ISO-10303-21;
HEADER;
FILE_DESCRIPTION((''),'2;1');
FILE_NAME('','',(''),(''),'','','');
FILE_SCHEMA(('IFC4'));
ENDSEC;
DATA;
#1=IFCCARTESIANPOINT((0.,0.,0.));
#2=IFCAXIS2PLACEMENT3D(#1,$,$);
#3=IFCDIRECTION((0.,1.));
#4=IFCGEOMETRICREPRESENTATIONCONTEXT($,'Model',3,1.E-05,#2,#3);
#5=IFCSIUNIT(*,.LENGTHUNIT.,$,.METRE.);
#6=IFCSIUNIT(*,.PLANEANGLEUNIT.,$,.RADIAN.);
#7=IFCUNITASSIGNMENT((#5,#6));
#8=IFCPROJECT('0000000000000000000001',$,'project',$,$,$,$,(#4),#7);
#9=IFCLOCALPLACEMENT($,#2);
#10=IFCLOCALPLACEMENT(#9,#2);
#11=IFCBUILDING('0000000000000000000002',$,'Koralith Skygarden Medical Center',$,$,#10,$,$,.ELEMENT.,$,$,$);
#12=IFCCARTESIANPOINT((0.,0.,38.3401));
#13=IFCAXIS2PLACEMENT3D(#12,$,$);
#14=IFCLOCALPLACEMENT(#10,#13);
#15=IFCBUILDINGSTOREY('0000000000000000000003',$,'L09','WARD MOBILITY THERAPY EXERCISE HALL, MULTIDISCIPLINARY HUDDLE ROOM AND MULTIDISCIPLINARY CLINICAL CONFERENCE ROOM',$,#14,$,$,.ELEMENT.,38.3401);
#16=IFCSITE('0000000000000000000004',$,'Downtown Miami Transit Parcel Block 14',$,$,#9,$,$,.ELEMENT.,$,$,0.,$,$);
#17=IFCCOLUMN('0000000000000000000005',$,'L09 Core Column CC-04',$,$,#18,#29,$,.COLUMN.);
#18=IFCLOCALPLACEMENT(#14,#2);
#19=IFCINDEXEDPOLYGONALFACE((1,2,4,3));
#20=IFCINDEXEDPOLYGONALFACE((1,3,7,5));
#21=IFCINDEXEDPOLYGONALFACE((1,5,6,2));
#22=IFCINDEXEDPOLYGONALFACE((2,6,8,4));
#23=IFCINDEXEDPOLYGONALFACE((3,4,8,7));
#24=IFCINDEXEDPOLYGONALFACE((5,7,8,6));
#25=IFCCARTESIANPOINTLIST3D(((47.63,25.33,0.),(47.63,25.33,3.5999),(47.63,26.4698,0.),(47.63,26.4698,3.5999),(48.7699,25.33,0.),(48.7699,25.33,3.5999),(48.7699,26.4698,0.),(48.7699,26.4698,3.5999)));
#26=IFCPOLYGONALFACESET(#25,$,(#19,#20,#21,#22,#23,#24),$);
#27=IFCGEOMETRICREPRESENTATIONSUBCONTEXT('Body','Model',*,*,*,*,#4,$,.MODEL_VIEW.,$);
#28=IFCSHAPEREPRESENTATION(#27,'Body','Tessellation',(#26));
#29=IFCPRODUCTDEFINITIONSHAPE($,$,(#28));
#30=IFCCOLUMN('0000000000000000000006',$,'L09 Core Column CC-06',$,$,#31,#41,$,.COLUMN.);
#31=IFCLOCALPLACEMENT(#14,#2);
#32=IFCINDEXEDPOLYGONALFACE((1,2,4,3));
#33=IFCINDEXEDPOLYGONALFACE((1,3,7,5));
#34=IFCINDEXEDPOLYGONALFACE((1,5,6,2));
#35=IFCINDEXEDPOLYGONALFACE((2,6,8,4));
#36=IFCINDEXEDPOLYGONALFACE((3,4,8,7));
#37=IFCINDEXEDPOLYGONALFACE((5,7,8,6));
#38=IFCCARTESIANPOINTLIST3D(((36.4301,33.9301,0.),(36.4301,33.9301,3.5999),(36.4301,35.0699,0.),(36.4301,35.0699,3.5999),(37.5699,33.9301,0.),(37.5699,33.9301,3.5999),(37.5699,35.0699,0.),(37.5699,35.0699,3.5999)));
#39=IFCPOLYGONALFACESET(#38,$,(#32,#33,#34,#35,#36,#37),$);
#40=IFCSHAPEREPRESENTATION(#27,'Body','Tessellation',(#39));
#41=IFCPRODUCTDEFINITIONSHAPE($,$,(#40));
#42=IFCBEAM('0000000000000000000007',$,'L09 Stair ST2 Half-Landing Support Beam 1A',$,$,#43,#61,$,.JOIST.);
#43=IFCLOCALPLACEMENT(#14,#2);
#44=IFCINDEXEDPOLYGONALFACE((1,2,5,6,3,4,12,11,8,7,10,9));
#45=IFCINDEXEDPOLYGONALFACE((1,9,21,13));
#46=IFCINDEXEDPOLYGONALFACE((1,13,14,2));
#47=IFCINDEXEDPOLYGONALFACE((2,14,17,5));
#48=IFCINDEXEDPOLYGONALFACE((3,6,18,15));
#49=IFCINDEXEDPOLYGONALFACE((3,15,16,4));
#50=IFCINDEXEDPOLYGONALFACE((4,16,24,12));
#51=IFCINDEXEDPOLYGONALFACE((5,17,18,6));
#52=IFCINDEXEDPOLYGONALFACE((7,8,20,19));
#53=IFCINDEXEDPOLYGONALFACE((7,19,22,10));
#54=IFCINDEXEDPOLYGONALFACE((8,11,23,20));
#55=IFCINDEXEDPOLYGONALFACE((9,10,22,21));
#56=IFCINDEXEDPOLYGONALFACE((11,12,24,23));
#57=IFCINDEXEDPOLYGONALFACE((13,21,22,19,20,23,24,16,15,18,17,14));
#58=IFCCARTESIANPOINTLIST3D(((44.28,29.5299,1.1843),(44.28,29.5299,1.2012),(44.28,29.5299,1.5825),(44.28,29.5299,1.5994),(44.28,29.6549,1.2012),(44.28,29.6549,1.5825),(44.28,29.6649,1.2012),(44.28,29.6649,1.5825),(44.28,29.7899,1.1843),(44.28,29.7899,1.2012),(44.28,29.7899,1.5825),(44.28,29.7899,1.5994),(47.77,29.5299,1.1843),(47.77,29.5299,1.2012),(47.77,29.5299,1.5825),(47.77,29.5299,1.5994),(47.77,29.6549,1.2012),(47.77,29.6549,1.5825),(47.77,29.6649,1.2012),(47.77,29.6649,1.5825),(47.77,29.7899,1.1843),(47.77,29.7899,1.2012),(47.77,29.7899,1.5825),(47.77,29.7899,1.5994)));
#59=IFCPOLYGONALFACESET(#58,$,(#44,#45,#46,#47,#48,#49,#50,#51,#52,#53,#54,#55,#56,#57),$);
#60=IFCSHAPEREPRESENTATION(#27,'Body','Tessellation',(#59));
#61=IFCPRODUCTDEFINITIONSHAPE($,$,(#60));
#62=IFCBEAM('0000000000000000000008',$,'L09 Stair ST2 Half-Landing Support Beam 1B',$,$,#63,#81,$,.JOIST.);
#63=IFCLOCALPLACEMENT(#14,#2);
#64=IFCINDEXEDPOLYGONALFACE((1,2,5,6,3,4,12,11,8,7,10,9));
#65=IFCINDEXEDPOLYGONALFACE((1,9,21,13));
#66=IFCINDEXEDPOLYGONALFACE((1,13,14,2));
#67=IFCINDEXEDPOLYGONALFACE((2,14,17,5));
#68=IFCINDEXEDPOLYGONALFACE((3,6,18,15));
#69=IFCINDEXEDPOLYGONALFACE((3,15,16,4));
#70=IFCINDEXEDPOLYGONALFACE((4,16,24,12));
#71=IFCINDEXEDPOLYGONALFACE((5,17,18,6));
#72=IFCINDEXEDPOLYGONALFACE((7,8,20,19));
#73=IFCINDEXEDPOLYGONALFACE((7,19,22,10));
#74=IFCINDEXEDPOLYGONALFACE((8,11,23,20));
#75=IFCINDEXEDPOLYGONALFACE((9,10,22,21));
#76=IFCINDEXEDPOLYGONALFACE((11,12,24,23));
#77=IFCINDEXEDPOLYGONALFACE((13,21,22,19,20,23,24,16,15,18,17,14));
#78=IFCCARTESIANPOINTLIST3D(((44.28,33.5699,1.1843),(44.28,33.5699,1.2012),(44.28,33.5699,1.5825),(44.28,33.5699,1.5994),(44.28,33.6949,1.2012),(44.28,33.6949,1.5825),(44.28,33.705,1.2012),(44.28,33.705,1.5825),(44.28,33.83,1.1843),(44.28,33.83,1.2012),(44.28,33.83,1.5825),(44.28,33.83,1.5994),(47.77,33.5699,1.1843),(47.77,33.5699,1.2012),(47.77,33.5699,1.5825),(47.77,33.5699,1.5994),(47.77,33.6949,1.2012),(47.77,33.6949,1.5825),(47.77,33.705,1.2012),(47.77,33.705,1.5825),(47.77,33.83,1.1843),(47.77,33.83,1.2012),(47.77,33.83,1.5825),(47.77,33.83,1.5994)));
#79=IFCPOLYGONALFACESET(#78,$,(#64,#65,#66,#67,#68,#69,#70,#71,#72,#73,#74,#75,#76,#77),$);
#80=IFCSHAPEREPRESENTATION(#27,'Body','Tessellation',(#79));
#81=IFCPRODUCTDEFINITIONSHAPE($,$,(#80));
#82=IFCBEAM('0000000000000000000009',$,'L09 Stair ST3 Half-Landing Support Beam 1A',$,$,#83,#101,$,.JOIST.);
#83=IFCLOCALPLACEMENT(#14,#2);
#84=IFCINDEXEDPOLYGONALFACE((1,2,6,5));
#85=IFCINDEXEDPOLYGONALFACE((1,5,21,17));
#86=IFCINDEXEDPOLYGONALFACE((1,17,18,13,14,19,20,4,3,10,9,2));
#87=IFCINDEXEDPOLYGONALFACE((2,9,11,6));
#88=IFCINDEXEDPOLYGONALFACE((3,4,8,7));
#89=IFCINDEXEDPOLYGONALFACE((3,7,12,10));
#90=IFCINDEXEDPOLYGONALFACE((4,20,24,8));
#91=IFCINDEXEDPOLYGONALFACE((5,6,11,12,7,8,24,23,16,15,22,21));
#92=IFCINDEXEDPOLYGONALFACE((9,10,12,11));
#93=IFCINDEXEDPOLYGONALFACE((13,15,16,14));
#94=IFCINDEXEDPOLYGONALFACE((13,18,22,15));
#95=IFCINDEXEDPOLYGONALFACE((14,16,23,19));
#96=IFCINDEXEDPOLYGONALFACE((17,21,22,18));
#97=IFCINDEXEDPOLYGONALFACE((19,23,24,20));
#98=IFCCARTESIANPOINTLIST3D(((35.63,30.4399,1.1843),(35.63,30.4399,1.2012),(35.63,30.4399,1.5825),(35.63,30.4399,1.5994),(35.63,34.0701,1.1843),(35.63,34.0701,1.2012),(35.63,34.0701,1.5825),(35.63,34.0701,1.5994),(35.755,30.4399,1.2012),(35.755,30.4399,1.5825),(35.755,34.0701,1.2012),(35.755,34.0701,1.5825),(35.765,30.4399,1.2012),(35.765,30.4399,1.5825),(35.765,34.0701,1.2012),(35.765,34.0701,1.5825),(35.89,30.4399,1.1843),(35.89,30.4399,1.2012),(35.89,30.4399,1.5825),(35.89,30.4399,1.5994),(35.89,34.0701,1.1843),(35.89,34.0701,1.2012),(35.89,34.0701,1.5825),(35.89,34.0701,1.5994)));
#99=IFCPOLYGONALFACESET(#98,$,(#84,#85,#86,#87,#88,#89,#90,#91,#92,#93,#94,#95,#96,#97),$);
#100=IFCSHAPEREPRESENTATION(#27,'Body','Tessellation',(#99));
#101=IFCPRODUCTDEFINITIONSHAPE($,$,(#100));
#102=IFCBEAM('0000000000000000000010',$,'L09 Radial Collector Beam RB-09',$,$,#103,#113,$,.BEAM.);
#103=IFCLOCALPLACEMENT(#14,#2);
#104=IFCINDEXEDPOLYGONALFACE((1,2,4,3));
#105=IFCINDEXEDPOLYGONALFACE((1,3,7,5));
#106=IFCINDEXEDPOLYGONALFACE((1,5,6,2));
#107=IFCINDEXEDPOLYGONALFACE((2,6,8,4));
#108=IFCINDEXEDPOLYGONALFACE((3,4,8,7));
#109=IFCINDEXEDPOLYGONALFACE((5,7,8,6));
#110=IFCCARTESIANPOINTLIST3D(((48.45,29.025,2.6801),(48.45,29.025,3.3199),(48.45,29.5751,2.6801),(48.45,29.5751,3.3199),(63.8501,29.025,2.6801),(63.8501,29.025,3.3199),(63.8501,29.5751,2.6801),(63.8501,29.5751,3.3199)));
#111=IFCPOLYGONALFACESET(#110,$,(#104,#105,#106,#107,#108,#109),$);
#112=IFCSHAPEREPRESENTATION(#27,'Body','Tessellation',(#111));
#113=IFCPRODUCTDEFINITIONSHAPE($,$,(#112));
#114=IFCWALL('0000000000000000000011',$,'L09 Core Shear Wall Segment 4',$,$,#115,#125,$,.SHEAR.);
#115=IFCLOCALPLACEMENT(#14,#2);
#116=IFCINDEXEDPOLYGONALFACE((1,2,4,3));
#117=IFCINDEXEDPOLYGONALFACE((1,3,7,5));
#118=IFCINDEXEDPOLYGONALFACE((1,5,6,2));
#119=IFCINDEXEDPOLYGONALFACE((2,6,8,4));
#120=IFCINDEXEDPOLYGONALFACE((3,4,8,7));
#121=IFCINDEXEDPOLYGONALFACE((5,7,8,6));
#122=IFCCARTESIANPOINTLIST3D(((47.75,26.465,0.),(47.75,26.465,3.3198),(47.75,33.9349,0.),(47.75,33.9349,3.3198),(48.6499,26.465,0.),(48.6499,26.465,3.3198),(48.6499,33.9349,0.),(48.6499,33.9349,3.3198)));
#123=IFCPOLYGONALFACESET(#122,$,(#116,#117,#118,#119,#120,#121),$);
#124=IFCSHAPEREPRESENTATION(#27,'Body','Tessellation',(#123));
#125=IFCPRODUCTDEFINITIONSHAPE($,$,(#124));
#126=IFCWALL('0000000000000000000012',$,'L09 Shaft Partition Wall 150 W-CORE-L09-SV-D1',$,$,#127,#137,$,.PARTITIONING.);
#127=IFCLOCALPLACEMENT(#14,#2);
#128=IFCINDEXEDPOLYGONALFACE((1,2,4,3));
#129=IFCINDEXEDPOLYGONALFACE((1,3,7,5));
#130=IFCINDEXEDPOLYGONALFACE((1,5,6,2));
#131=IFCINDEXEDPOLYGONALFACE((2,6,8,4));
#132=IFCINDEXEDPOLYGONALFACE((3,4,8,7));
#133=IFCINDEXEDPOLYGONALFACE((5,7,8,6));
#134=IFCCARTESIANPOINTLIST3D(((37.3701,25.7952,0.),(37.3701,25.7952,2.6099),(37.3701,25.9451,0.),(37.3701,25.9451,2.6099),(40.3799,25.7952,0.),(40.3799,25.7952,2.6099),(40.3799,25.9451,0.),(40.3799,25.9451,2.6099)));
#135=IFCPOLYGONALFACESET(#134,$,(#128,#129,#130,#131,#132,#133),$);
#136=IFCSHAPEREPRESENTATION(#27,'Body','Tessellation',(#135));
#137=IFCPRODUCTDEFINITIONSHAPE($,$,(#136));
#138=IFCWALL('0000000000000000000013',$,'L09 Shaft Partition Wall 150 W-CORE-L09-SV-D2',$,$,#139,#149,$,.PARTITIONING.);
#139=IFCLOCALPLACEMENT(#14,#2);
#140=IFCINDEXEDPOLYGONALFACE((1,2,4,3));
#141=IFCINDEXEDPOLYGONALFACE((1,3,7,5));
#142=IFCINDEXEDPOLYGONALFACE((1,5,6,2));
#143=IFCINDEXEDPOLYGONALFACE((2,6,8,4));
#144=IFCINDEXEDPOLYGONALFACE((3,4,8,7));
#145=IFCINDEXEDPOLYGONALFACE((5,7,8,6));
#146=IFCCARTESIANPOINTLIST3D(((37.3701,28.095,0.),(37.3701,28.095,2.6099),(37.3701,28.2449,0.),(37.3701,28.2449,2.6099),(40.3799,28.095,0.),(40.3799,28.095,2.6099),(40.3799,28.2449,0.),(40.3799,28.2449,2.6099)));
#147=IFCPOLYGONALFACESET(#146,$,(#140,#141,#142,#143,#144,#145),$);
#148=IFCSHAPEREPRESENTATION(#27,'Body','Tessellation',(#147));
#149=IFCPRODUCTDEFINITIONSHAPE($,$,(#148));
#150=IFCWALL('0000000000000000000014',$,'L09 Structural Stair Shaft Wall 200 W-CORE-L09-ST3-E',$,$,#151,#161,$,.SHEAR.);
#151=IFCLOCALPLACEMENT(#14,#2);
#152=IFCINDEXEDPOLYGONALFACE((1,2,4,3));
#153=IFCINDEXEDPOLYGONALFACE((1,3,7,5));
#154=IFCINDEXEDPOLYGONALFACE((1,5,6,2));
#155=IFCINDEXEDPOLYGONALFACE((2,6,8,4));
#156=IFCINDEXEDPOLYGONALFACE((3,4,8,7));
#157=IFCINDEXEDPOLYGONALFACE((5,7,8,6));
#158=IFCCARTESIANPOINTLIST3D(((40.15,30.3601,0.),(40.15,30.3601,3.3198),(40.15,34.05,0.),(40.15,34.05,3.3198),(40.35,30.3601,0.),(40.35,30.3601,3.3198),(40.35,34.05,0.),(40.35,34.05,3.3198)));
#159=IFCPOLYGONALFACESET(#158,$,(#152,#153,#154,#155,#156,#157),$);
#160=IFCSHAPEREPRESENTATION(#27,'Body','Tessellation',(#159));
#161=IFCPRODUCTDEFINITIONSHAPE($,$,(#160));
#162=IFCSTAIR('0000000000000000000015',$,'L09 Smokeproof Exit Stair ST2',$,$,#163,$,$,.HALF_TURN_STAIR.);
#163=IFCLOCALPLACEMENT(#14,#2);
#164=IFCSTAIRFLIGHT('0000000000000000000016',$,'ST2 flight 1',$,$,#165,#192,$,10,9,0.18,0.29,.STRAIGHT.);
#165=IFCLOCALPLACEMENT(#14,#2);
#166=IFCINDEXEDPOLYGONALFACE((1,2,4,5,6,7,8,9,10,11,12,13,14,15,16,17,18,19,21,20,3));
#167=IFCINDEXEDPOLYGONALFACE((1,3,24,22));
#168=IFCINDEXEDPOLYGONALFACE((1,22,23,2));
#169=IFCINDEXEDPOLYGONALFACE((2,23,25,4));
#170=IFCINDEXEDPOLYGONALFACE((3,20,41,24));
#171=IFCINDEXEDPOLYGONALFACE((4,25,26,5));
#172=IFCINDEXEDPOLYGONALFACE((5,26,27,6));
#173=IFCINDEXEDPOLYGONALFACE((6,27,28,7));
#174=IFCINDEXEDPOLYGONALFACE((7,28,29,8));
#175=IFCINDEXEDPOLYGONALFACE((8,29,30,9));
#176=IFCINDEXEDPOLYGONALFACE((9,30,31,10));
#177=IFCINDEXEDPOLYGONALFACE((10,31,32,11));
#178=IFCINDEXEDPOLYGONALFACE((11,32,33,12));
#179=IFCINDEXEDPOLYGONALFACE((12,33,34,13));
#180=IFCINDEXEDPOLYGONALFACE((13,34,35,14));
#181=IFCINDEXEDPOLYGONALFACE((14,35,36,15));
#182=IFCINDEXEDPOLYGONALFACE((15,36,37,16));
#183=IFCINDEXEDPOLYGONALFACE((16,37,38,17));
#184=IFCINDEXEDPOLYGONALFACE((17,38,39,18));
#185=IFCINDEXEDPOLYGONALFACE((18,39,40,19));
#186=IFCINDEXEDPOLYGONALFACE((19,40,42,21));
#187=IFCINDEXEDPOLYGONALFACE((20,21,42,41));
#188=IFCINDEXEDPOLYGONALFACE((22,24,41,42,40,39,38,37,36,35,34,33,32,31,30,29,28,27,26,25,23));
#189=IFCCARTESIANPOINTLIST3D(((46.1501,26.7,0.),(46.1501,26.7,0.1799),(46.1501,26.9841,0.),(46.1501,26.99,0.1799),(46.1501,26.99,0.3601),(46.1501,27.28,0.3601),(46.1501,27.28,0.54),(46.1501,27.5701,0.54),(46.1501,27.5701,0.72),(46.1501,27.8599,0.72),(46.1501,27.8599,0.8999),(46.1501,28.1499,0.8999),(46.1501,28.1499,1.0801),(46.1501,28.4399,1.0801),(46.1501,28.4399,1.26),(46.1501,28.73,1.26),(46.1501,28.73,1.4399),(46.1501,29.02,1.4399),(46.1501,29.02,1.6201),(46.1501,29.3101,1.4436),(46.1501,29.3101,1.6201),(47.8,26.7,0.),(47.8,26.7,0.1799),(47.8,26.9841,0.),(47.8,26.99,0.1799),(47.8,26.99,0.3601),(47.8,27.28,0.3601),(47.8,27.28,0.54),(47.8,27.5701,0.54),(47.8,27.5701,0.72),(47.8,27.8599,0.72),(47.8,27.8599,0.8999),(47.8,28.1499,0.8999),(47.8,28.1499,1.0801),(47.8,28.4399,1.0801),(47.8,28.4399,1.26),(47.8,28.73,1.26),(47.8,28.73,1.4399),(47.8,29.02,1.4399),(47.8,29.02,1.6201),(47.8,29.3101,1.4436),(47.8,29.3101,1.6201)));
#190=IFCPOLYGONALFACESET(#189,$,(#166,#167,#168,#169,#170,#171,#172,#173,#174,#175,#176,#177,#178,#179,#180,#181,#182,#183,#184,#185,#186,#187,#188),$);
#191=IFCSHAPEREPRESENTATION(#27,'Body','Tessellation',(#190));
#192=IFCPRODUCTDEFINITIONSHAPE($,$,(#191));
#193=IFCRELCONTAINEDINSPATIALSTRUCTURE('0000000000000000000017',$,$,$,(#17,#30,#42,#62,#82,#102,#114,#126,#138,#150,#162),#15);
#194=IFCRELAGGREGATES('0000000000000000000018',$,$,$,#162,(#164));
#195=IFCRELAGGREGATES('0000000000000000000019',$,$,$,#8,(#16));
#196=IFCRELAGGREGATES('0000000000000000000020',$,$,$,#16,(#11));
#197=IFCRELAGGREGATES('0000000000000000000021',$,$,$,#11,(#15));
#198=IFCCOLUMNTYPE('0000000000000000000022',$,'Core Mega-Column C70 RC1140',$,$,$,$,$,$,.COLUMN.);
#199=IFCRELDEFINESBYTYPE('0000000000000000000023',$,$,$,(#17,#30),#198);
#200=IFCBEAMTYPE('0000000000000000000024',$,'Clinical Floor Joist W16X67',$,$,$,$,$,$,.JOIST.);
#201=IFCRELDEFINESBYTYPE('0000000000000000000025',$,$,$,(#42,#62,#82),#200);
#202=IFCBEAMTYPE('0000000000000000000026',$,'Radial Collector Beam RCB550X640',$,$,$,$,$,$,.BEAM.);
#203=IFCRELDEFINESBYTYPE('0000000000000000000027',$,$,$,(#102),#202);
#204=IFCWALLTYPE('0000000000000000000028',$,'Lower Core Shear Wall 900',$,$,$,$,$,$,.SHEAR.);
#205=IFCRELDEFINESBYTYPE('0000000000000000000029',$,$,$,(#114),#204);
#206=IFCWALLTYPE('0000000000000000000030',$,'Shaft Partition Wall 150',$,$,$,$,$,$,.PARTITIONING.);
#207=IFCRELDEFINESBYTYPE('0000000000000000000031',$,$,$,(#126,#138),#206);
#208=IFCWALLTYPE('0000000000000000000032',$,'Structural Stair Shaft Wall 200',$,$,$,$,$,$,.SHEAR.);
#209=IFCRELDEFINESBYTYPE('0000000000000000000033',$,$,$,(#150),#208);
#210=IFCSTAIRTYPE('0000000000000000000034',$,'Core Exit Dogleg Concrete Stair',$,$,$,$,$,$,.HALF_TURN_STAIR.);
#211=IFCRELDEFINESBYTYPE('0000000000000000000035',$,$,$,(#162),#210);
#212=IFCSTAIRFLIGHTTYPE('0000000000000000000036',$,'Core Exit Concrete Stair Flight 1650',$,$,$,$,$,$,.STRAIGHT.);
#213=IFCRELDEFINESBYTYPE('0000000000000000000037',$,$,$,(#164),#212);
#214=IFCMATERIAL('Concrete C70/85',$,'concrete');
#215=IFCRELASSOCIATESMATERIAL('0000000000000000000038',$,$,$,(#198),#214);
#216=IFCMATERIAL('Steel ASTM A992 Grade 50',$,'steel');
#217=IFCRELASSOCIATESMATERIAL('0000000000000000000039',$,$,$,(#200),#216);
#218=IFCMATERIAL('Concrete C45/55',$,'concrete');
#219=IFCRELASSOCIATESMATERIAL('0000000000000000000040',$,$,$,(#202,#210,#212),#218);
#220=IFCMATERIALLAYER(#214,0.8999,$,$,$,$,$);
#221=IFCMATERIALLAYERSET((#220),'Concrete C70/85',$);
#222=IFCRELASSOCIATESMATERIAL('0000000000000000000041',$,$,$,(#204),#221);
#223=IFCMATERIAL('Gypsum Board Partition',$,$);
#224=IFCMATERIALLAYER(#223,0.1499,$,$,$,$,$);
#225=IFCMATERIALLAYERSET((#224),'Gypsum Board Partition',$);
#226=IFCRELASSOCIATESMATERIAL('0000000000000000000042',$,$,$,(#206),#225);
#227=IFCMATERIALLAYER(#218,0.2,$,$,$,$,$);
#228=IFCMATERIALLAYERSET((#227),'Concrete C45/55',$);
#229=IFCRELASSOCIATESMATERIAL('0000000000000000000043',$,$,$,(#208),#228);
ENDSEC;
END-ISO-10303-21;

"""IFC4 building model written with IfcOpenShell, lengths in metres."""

from ifc_helpers import new_model, si_unit, direction, frame, frame_2d, origin, origin_2d, place, context, subcontext, project, spatial, polyline, rectangle, i_section, outline, extrude, material, layer, layer_set, material_profile, profile_set, type_object, element, aggregate, save


model = new_model("IFC4")

# Units and contexts
model_context = context("Model", 3, precision=1e-05, world=origin(), true_north=direction((0.0, 1.0)))
body_context = subcontext(model_context, "Body", "Model", "MODEL_VIEW")
ifc_project = project(units=[si_unit("LENGTHUNIT", "METRE"), si_unit("PLANEANGLEUNIT", "RADIAN")], contexts=[model_context])

# Site, building, storey
site_placement = place(None, origin())
site = spatial("IfcSite", under=ifc_project, at=site_placement, Name="Downtown Miami Transit Parcel Block 14", CompositionType="ELEMENT", RefElevation=0.0)
building_placement = place(site_placement, origin())
building = spatial("IfcBuilding", under=site, at=building_placement, Name="Koralith Skygarden Medical Center", CompositionType="ELEMENT")
storey_placement = place(building_placement, frame((0.0, 0.0, 38.3401)))
storey = spatial("IfcBuildingStorey", under=building, at=storey_placement, Name="L09", Description="WARD MOBILITY THERAPY EXERCISE HALL, MULTIDISCIPLINARY HUDDLE ROOM AND MULTIDISCIPLINARY CLINICAL CONFERENCE ROOM", CompositionType="ELEMENT", Elevation=38.3401)

# Columns
ifc_material_1 = material(Name="Concrete C70/85", Category="concrete")
ifc_material_profile_1 = material_profile(ifc_material_1, rectangle(XDim=1.1399, YDim=1.1399, at=origin_2d()), Name="RC1140X1140")
ifc_profile_set_1 = profile_set([ifc_material_profile_1], Name="Concrete C70/85")
column_type = type_object("IfcColumnType", Name="Core Mega-Column C70 RC1140", PredefinedType="COLUMN", material=ifc_profile_set_1)
for number, where, z_axis, x_axis, name in (
    (1, (48.2, 25.8999, 0.0), (0.0, 0.0, 1.0), (1.0, 0.0, 0.0), "L09 Core Column CC-04"),
    (2, (37.0, 34.5, 0.0), (0.0, 0.0, 1.0), (1.0, 0.0, 0.0), "L09 Core Column CC-06"),
):
    element("IfcColumn", number, at=place(storey_placement, frame(where, z_axis=z_axis, x_axis=x_axis)), inside=storey, type_object=column_type, Name=name, PredefinedType="COLUMN", context=body_context, shape_type="SweptSolid", body=[
        extrude(rectangle(XDim=1.1399, YDim=1.1399, at=origin_2d()), origin(), (0.0, 0.0, 1.0), 3.5999),
    ])

# Beams
ifc_material_2 = material(Name="Steel ASTM A992 Grade 50", Category="steel")
ifc_material_profile_2 = material_profile(ifc_material_2, i_section(OverallWidth=0.26, OverallDepth=0.415, WebThickness=0.01, FlangeThickness=0.0168, at=origin_2d()), Name="W16X67")
ifc_profile_set_2 = profile_set([ifc_material_profile_2], Name="Steel ASTM A992 Grade 50")
beam_type_1 = type_object("IfcBeamType", Name="Clinical Floor Joist W16X67", PredefinedType="JOIST", material=ifc_profile_set_2)
for number, where, z_axis, x_axis, name in (
    (3, (44.28, 29.6599, 1.3918), (1.0, 0.0, 0.0), (0.0, 1.0, 0.0), "L09 Stair ST2 Half-Landing Support Beam 1A"),
    (4, (44.28, 33.7, 1.3918), (1.0, 0.0, 0.0), (0.0, 1.0, 0.0), "L09 Stair ST2 Half-Landing Support Beam 1B"),
):
    element("IfcBeam", number, at=place(storey_placement, frame(where, z_axis=z_axis, x_axis=x_axis)), inside=storey, type_object=beam_type_1, Name=name, PredefinedType="JOIST", context=body_context, shape_type="SweptSolid", body=[
        extrude(i_section(OverallWidth=0.26, OverallDepth=0.415, WebThickness=0.01, FlangeThickness=0.0168, at=origin_2d()), origin(), (0.0, 0.0, 1.0), 3.49),
    ])
beam_1_placement = place(storey_placement, frame((35.76, 30.4399, 1.3918), z_axis=(0.0, 1.0, 0.0), x_axis=(-1.0, 0.0, 0.0)))
element("IfcBeam", 5, at=beam_1_placement, inside=storey, type_object=beam_type_1, Name="L09 Stair ST3 Half-Landing Support Beam 1A", PredefinedType="JOIST", context=body_context, shape_type="SweptSolid", body=[
    extrude(i_section(OverallWidth=0.26, OverallDepth=0.415, WebThickness=0.01, FlangeThickness=0.0168, at=origin_2d()), origin(), (0.0, 0.0, 1.0), 3.6301),
])
ifc_material_3 = material(Name="Concrete C45/55", Category="concrete")
ifc_material_profile_3 = material_profile(ifc_material_3, rectangle(XDim=0.55, YDim=0.6399, at=origin_2d()), Name="RCB550X640")
ifc_profile_set_3 = profile_set([ifc_material_profile_3], Name="Concrete C45/55")
beam_type_2 = type_object("IfcBeamType", Name="Radial Collector Beam RCB550X640", PredefinedType="BEAM", material=ifc_profile_set_3)
beam_2_placement = place(storey_placement, frame((48.45, 29.3, 3.0), z_axis=(1.0, 0.0, 0.0), x_axis=(0.0, 1.0, 0.0)))
element("IfcBeam", 6, at=beam_2_placement, inside=storey, type_object=beam_type_2, Name="L09 Radial Collector Beam RB-09", PredefinedType="BEAM", context=body_context, shape_type="SweptSolid", body=[
    extrude(rectangle(XDim=0.55, YDim=0.6399, at=origin_2d()), origin(), (0.0, 0.0, 1.0), 15.4001),
])

# Wall
ifc_layer_1 = layer(ifc_material_1, 0.8999)
ifc_layer_set_1 = layer_set([ifc_layer_1], Name="Concrete C70/85")
wall_type_1 = type_object("IfcWallType", Name="Lower Core Shear Wall 900", PredefinedType="SHEAR", material=ifc_layer_set_1)
wall_1_placement = place(storey_placement, frame((48.2, 26.4651, 0.0), z_axis=(0.0, 0.0, 1.0), x_axis=(0.0, 1.0, 0.0)))
element("IfcWall", 7, at=wall_1_placement, inside=storey, type_object=wall_type_1, Name="L09 Core Shear Wall Segment 4", PredefinedType="SHEAR", context=body_context, shape_type="SweptSolid", body=[
    extrude(rectangle(XDim=7.47, YDim=0.8999, at=frame_2d((3.7349, 0.0))), origin(), (0.0, 0.0, 1.0), 3.3198),
])

# Walls
ifc_material_4 = material(Name="Gypsum Board Partition")
ifc_layer_2 = layer(ifc_material_4, 0.1499)
ifc_layer_set_2 = layer_set([ifc_layer_2], Name="Gypsum Board Partition")
wall_type_2 = type_object("IfcWallType", Name="Shaft Partition Wall 150", PredefinedType="PARTITIONING", material=ifc_layer_set_2)
for number, where, z_axis, x_axis, name in (
    (8, (37.3701, 25.8701, 0.0), (0.0, 0.0, 1.0), (1.0, 0.0, 0.0), "L09 Shaft Partition Wall 150 W-CORE-L09-SV-D1"),
    (9, (37.3701, 28.1699, 0.0), (0.0, 0.0, 1.0), (1.0, 0.0, 0.0), "L09 Shaft Partition Wall 150 W-CORE-L09-SV-D2"),
):
    element("IfcWall", number, at=place(storey_placement, frame(where, z_axis=z_axis, x_axis=x_axis)), inside=storey, type_object=wall_type_2, Name=name, PredefinedType="PARTITIONING", context=body_context, shape_type="SweptSolid", body=[
        extrude(rectangle(XDim=3.0098, YDim=0.1499, at=frame_2d((1.5049, 0.0))), origin(), (0.0, 0.0, 1.0), 2.6099),
    ])
ifc_layer_3 = layer(ifc_material_3, 0.2)
ifc_layer_set_3 = layer_set([ifc_layer_3], Name="Concrete C45/55")
wall_type_3 = type_object("IfcWallType", Name="Structural Stair Shaft Wall 200", PredefinedType="SHEAR", material=ifc_layer_set_3)
wall_2_placement = place(storey_placement, frame((40.25, 30.3601, 0.0), z_axis=(0.0, 0.0, 1.0), x_axis=(0.0, 1.0, 0.0)))
element("IfcWall", 10, at=wall_2_placement, inside=storey, type_object=wall_type_3, Name="L09 Structural Stair Shaft Wall 200 W-CORE-L09-ST3-E", PredefinedType="SHEAR", context=body_context, shape_type="SweptSolid", body=[
    extrude(rectangle(XDim=3.6899, YDim=0.2, at=frame_2d((1.845, 0.0))), origin(), (0.0, 0.0, 1.0), 3.3198),
])

# Stair, stair flight
stair_type = type_object("IfcStairType", Name="Core Exit Dogleg Concrete Stair", PredefinedType="HALF_TURN_STAIR", material=ifc_material_3)
stair_placement = place(storey_placement, origin())
stair = element("IfcStair", 11, at=stair_placement, inside=storey, type_object=stair_type, Name="L09 Smokeproof Exit Stair ST2", PredefinedType="HALF_TURN_STAIR")
stair_flight_type = type_object("IfcStairFlightType", Name="Core Exit Concrete Stair Flight 1650", PredefinedType="STRAIGHT", material=ifc_material_3)
stair_flight_1_placement = place(storey_placement, frame((46.9751, 26.7, 0.0), z_axis=(0.0, 0.0, 1.0), x_axis=(0.0, 1.0, 0.0)))
stair_flight_1 = element("IfcStairFlight", 12, at=stair_flight_1_placement, type_object=stair_flight_type, Name="ST2 flight 1", NumberOfRisers=10, NumberOfTreads=9, PredefinedType="STRAIGHT", RiserHeight=0.18, TreadLength=0.29, context=body_context, shape_type="SweptSolid", body=[
    extrude(outline(polyline([(0.0, 0.0), (0.0, 0.1799), (0.29, 0.1799), (0.29, 0.3601), (0.5801, 0.3601), (0.5801, 0.54), (0.8701, 0.54), (0.8701, 0.72), (1.1599, 0.72), (1.1599, 0.8999), (1.45, 0.8999), (1.45, 1.0801), (1.74, 1.0801), (1.74, 1.26), (2.03, 1.26), (2.03, 1.4399), (2.3201, 1.4399), (2.3201, 1.6201), (2.6101, 1.6201), (2.6101, 1.8), (2.6101, 1.4436), (0.2842, 0.0), (0.0, 0.0)])), frame((0.0, 0.825, 0.0), z_axis=(0.0, -1.0, 0.0), x_axis=(1.0, 0.0, 0.0)), (0.0, 0.0, 1.0), 1.6499),
])
aggregate(stair, [stair_flight_1])

save(model, "model.ifc")
